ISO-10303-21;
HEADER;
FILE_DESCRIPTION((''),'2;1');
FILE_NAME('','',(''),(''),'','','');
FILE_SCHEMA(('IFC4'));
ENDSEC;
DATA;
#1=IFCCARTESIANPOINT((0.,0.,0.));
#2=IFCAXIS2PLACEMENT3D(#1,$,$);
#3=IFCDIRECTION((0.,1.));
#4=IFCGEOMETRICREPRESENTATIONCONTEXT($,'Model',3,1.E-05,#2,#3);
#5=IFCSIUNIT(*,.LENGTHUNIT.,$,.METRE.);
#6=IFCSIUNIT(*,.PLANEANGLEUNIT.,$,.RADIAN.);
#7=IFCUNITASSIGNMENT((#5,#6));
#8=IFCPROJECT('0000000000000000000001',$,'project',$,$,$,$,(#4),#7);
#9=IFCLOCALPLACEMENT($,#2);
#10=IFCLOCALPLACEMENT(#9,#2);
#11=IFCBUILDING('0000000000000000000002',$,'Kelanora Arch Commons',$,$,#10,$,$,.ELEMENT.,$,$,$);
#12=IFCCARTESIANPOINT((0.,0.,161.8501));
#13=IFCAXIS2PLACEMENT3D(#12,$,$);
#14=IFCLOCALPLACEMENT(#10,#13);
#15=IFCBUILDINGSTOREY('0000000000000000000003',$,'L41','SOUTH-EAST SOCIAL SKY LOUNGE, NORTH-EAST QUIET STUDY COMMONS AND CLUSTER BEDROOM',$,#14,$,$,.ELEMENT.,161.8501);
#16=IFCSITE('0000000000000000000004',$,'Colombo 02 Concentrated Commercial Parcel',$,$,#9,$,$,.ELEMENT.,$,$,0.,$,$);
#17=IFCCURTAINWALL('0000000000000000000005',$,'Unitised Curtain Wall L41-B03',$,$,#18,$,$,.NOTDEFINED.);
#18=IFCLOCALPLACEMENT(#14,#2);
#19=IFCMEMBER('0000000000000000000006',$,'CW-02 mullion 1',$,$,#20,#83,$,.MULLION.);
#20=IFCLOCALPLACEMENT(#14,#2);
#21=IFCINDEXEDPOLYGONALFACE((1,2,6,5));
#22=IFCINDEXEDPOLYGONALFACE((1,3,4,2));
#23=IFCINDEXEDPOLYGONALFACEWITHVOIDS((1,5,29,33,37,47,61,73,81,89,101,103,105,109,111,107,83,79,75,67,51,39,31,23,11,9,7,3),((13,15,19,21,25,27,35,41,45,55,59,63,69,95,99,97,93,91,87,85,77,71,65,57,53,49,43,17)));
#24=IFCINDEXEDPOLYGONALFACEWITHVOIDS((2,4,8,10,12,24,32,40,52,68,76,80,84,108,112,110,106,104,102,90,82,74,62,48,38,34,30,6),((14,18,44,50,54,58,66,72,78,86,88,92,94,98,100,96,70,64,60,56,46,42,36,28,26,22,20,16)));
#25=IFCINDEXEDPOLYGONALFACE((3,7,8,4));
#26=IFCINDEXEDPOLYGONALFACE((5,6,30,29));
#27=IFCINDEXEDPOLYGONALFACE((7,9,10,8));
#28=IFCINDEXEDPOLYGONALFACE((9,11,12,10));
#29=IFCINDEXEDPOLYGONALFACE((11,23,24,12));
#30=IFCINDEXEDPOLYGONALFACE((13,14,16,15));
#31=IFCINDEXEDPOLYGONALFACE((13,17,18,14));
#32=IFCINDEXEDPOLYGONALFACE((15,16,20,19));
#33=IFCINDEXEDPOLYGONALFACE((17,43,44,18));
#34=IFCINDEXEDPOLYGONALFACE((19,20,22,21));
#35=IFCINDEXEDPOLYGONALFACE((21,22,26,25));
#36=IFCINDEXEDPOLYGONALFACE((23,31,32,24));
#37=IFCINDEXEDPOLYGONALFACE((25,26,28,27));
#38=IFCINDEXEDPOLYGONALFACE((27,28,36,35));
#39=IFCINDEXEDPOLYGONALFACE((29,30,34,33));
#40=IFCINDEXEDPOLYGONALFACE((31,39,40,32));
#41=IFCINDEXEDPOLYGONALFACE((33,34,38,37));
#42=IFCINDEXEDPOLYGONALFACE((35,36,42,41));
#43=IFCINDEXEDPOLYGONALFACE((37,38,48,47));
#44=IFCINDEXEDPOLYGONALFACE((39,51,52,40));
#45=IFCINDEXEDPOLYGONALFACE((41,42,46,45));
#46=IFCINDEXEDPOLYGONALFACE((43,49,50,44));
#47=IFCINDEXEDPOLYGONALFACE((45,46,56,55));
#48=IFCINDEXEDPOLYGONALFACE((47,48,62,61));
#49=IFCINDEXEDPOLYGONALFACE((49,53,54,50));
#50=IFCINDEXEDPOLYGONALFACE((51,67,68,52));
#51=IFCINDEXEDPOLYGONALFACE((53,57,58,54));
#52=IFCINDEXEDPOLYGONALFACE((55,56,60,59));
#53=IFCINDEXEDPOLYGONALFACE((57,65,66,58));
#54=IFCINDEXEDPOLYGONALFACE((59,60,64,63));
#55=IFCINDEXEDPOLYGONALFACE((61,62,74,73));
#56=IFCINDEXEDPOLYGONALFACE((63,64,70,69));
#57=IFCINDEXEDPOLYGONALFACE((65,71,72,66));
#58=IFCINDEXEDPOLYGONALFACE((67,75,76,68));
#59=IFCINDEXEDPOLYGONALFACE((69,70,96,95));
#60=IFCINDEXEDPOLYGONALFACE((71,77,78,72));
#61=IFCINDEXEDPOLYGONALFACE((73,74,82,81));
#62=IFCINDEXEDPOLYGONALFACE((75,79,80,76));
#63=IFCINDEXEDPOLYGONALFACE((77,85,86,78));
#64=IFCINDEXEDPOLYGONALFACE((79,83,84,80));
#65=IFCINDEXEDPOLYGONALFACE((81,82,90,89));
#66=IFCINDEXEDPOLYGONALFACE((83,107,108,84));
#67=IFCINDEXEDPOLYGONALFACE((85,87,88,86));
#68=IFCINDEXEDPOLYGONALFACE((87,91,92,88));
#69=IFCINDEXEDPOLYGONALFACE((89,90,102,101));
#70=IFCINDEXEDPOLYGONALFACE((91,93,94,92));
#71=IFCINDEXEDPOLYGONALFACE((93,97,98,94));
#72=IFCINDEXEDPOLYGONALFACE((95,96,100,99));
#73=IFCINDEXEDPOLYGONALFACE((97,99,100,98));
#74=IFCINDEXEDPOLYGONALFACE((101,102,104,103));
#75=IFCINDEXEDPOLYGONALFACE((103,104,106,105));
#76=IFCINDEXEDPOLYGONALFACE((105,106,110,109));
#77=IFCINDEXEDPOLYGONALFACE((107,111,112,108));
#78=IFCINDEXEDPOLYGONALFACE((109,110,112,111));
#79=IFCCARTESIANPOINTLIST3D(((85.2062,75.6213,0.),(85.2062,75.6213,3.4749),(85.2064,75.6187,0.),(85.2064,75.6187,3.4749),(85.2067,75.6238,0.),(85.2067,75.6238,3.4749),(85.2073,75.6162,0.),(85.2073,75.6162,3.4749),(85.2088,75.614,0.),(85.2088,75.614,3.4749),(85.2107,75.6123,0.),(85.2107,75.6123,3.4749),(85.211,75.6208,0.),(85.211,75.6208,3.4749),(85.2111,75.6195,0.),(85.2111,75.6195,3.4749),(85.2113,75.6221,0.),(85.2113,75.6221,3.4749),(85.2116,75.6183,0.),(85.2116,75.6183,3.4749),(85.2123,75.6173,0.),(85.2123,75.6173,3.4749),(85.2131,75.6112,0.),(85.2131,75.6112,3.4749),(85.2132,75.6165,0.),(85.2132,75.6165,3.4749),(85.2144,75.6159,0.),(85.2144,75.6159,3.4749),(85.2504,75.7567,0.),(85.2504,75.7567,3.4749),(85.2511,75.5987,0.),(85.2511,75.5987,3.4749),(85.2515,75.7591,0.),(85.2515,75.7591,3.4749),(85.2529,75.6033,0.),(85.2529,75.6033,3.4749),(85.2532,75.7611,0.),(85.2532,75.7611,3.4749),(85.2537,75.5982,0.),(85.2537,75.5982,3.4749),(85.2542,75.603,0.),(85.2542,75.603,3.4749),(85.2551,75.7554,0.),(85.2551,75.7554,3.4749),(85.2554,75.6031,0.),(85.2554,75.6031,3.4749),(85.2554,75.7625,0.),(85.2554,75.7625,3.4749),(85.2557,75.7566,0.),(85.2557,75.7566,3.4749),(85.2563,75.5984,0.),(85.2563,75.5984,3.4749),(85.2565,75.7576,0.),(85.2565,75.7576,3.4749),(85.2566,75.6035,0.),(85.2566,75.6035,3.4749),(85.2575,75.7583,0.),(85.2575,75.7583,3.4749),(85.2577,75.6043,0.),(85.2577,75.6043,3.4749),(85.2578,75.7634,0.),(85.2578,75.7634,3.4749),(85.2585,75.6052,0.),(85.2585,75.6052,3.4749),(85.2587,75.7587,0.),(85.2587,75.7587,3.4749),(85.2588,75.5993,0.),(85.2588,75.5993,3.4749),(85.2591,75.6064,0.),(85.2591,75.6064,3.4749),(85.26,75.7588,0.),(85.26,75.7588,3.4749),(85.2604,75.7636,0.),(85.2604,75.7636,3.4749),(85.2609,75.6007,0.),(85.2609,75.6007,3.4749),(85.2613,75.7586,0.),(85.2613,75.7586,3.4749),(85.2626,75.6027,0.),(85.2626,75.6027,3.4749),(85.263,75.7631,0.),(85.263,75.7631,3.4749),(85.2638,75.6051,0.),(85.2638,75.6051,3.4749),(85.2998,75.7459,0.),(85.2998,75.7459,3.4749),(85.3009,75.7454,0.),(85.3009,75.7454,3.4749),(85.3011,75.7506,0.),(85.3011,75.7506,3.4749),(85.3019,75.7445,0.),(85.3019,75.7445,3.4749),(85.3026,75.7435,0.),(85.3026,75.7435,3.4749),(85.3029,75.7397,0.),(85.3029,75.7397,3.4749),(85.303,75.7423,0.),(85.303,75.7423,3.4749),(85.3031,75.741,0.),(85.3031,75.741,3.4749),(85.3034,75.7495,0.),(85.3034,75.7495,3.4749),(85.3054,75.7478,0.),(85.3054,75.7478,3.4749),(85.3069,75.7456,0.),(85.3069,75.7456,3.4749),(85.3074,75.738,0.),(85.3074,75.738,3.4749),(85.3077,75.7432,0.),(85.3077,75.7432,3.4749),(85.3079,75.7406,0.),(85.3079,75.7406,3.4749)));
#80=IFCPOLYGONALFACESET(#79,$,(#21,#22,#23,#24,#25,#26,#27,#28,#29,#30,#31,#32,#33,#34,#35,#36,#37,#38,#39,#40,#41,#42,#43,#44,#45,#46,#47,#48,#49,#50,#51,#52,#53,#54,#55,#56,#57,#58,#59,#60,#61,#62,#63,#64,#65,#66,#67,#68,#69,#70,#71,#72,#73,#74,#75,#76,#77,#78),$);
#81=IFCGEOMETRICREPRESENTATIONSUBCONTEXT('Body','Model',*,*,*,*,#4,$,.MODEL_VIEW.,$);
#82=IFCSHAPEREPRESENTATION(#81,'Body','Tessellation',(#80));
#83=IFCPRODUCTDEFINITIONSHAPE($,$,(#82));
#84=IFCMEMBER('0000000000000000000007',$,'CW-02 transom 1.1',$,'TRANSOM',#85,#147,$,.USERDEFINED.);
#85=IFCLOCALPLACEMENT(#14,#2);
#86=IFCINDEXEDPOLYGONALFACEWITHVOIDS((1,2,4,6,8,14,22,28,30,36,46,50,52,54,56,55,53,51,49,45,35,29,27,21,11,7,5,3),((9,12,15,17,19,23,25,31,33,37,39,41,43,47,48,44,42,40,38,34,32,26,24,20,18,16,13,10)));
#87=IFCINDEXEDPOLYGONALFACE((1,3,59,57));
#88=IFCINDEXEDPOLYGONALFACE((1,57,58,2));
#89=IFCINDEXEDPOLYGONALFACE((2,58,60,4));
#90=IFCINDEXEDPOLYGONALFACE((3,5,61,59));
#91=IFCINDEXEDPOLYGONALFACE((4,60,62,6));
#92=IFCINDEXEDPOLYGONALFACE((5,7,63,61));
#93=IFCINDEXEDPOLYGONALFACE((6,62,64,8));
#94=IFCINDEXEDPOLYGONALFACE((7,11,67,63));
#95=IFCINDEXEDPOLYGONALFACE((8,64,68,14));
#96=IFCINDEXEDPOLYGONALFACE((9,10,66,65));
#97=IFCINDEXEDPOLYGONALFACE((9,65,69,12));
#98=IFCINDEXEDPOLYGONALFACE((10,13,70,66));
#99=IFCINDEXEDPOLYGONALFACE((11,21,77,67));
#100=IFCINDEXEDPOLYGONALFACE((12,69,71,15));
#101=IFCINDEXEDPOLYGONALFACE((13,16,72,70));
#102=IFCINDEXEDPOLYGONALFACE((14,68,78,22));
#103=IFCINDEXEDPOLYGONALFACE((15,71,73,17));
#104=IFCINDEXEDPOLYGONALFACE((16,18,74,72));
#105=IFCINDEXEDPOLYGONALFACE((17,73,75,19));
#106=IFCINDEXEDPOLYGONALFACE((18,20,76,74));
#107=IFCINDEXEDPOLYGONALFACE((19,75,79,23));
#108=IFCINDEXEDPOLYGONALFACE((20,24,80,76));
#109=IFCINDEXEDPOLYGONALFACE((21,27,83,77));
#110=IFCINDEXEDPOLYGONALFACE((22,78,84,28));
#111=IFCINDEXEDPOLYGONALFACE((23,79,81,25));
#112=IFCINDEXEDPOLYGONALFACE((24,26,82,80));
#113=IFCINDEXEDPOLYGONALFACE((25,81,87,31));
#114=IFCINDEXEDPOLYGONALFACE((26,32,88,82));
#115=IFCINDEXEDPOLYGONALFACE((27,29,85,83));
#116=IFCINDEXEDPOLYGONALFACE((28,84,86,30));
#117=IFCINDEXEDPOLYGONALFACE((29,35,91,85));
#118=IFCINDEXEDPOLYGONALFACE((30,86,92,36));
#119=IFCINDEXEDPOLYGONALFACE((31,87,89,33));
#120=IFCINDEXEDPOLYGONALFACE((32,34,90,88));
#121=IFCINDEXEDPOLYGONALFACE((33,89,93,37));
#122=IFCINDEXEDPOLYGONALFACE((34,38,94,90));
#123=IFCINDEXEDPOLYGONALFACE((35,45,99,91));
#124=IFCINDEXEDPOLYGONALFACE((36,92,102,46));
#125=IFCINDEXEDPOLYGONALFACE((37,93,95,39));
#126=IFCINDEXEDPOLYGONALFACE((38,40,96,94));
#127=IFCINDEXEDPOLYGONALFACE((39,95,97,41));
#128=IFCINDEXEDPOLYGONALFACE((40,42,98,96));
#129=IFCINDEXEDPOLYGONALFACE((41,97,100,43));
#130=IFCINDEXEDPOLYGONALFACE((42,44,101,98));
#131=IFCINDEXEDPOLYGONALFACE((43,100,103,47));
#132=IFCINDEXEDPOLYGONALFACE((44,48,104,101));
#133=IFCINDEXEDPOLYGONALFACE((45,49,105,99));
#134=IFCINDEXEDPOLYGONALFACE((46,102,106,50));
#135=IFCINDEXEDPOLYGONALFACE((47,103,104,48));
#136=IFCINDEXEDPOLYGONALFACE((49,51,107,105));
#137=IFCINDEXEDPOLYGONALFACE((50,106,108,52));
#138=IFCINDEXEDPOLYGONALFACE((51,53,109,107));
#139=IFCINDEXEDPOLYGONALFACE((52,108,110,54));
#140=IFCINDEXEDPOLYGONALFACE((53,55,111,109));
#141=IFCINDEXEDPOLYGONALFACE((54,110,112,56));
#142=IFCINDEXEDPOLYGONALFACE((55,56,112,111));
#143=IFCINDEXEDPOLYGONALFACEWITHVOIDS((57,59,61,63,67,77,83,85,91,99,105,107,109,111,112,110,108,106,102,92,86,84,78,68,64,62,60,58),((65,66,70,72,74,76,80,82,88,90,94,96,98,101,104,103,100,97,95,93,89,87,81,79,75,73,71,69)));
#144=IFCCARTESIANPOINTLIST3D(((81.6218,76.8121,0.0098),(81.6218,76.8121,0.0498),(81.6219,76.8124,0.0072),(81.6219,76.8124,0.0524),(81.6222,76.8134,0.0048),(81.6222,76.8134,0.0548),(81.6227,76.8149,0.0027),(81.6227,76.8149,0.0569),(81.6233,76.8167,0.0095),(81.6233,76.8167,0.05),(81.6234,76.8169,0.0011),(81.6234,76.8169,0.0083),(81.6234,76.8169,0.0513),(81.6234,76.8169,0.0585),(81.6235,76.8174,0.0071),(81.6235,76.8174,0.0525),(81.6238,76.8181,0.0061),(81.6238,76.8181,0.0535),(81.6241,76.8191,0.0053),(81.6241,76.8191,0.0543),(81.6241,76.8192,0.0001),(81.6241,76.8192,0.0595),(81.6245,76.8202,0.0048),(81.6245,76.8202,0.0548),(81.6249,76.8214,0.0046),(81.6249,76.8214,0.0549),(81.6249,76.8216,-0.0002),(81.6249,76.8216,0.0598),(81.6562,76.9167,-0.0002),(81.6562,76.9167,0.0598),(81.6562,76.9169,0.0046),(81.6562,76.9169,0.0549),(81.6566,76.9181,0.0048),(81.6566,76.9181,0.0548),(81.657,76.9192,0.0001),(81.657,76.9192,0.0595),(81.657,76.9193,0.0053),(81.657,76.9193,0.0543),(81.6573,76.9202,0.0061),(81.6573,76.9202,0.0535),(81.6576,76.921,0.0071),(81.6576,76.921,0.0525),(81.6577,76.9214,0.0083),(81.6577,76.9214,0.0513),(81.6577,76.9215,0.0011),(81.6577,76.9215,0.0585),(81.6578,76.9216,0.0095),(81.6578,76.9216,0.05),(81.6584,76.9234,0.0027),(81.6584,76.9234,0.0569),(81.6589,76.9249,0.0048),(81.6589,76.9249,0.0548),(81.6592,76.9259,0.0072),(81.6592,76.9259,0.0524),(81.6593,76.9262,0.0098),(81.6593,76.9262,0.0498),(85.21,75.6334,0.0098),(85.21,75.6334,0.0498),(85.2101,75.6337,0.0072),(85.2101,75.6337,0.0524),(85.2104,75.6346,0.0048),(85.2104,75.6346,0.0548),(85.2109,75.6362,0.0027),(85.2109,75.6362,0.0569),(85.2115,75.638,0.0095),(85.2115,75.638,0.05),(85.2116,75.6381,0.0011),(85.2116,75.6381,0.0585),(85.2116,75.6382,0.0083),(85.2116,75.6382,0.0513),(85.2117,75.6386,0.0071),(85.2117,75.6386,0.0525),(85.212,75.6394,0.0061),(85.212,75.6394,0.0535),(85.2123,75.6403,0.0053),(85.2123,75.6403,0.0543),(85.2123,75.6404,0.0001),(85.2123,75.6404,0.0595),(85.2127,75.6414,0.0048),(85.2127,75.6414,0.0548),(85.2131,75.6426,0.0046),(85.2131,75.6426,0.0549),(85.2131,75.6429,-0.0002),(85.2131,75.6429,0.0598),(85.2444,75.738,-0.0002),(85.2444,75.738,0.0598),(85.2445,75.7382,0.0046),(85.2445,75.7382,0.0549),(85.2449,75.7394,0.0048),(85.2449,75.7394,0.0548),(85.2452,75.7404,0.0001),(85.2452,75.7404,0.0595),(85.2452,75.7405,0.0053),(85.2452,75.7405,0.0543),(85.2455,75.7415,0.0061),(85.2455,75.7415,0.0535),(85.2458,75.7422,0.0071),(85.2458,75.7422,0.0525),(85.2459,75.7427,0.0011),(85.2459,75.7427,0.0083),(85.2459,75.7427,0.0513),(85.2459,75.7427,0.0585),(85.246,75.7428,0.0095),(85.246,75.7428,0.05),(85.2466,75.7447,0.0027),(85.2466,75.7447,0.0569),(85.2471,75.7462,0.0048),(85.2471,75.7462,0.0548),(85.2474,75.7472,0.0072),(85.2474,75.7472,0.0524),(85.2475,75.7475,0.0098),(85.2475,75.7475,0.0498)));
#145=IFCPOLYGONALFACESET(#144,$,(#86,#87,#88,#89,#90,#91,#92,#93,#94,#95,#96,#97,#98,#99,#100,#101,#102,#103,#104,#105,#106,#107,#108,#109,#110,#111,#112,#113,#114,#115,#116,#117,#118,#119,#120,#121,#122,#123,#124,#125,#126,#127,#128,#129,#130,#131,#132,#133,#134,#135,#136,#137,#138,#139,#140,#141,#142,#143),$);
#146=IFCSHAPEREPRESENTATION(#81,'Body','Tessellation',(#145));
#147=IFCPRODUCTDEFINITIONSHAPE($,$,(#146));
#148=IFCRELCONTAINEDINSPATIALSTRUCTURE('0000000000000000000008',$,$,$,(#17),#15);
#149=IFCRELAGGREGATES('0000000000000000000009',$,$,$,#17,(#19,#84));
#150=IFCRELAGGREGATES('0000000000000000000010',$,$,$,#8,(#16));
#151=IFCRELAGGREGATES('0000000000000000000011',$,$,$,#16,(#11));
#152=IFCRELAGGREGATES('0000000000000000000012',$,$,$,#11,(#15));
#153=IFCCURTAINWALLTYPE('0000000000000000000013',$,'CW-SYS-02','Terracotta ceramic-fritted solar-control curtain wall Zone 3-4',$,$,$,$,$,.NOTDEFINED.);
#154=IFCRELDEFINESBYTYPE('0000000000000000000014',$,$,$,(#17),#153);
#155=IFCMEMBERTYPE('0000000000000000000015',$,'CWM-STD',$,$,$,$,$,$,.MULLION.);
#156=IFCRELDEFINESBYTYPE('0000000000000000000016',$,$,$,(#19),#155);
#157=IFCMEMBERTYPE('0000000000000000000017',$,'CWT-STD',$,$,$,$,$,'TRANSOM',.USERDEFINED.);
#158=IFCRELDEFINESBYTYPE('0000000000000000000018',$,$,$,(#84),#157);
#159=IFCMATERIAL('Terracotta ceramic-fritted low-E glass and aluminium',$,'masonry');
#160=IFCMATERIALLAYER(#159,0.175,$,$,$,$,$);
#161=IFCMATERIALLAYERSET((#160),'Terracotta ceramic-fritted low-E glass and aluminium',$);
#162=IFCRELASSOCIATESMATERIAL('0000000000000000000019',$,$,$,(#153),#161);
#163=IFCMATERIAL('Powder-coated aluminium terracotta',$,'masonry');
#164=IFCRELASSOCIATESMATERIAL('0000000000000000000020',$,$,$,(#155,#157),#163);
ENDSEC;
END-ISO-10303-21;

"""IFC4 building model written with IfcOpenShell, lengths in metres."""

from ifc_helpers import new_model, si_unit, direction, frame, origin, origin_2d, place, context, subcontext, project, spatial, hollow_rectangle, extrude, material, layer, layer_set, material_profile, profile_set, type_object, element, aggregate, save


model = new_model("IFC4")

# Units and contexts
model_context = context("Model", 3, precision=1e-05, world=origin(), true_north=direction((0.0, 1.0)))
body_context = subcontext(model_context, "Body", "Model", "MODEL_VIEW")
ifc_project = project(units=[si_unit("LENGTHUNIT", "METRE"), si_unit("PLANEANGLEUNIT", "RADIAN")], contexts=[model_context])

# Site, building, storey
site_placement = place(None, origin())
site = spatial("IfcSite", under=ifc_project, at=site_placement, Name="Colombo 02 Concentrated Commercial Parcel", CompositionType="ELEMENT", RefElevation=0.0)
building_placement = place(site_placement, origin())
building = spatial("IfcBuilding", under=site, at=building_placement, Name="Kelanora Arch Commons", CompositionType="ELEMENT")
storey_placement = place(building_placement, frame((0.0, 0.0, 161.8501)))
storey = spatial("IfcBuildingStorey", under=building, at=storey_placement, Name="L41", Description="SOUTH-EAST SOCIAL SKY LOUNGE, NORTH-EAST QUIET STUDY COMMONS AND CLUSTER BEDROOM", CompositionType="ELEMENT", Elevation=161.8501)

# Curtain wall, members
ifc_material_1 = material(Name="Terracotta ceramic-fritted low-E glass and aluminium", Category="masonry")
ifc_layer_1 = layer(ifc_material_1, 0.175)
ifc_layer_set_1 = layer_set([ifc_layer_1], Name="Terracotta ceramic-fritted low-E glass and aluminium")
curtain_wall_type = type_object("IfcCurtainWallType", Name="CW-SYS-02", Description="Terracotta ceramic-fritted solar-control curtain wall Zone 3-4", PredefinedType="NOTDEFINED", material=ifc_layer_set_1)
curtain_wall_placement = place(storey_placement, origin())
curtain_wall = element("IfcCurtainWall", 1, at=curtain_wall_placement, inside=storey, type_object=curtain_wall_type, Name="Unitised Curtain Wall L41-B03", PredefinedType="NOTDEFINED")
ifc_material_2 = material(Name="Powder-coated aluminium terracotta", Category="masonry")
ifc_material_profile_1 = material_profile(ifc_material_2, hollow_rectangle(XDim=0.1599, YDim=0.0601, WallThickness=0.0049, InnerFilletRadius=0.0049, OuterFilletRadius=0.01, at=origin_2d()), Name="CWM160x60")
ifc_profile_set_1 = profile_set([ifc_material_profile_1], Name="Powder-coated aluminium terracotta")
member_type_1 = type_object("IfcMemberType", Name="CWM-STD", PredefinedType="MULLION", material=ifc_profile_set_1)
member_1_placement = place(storey_placement, frame((85.2571, 75.6809, 0.0), z_axis=(0.0, 0.0, 1.0), x_axis=(-0.312128, -0.95004, 0.0)))
member_1 = element("IfcMember", 2, at=member_1_placement, type_object=member_type_1, Name="CW-02 mullion 1", PredefinedType="MULLION", context=body_context, shape_type="SweptSolid", body=[
    extrude(hollow_rectangle(XDim=0.1599, YDim=0.0601, WallThickness=0.0049, InnerFilletRadius=0.0049, OuterFilletRadius=0.01, at=origin_2d()), origin(), (0.0, 0.0, 1.0), 3.4749),
])
ifc_material_profile_2 = material_profile(ifc_material_2, hollow_rectangle(XDim=0.1201, YDim=0.0601, WallThickness=0.0049, InnerFilletRadius=0.0049, OuterFilletRadius=0.01, at=origin_2d()), Name="CWT120x60")
ifc_profile_set_2 = profile_set([ifc_material_profile_2], Name="Powder-coated aluminium terracotta")
member_type_2 = type_object("IfcMemberType", Name="CWT-STD", ElementType="TRANSOM", PredefinedType="USERDEFINED", material=ifc_profile_set_2)
member_2_placement = place(storey_placement, frame((85.2288, 75.6904, 0.0298), z_axis=(-0.950051, 0.312094, 0.0), x_axis=(-0.312094, -0.950051, 0.0)))
member_2 = element("IfcMember", 3, at=member_2_placement, type_object=member_type_2, Name="CW-02 transom 1.1", ObjectType="TRANSOM", PredefinedType="USERDEFINED", context=body_context, shape_type="SweptSolid", body=[
    extrude(hollow_rectangle(XDim=0.1201, YDim=0.0601, WallThickness=0.0049, InnerFilletRadius=0.0049, OuterFilletRadius=0.01, at=origin_2d()), origin(), (0.0, 0.0, 1.0), 3.7769),
])
aggregate(curtain_wall, [member_1, member_2])

save(model, "model.ifc")
